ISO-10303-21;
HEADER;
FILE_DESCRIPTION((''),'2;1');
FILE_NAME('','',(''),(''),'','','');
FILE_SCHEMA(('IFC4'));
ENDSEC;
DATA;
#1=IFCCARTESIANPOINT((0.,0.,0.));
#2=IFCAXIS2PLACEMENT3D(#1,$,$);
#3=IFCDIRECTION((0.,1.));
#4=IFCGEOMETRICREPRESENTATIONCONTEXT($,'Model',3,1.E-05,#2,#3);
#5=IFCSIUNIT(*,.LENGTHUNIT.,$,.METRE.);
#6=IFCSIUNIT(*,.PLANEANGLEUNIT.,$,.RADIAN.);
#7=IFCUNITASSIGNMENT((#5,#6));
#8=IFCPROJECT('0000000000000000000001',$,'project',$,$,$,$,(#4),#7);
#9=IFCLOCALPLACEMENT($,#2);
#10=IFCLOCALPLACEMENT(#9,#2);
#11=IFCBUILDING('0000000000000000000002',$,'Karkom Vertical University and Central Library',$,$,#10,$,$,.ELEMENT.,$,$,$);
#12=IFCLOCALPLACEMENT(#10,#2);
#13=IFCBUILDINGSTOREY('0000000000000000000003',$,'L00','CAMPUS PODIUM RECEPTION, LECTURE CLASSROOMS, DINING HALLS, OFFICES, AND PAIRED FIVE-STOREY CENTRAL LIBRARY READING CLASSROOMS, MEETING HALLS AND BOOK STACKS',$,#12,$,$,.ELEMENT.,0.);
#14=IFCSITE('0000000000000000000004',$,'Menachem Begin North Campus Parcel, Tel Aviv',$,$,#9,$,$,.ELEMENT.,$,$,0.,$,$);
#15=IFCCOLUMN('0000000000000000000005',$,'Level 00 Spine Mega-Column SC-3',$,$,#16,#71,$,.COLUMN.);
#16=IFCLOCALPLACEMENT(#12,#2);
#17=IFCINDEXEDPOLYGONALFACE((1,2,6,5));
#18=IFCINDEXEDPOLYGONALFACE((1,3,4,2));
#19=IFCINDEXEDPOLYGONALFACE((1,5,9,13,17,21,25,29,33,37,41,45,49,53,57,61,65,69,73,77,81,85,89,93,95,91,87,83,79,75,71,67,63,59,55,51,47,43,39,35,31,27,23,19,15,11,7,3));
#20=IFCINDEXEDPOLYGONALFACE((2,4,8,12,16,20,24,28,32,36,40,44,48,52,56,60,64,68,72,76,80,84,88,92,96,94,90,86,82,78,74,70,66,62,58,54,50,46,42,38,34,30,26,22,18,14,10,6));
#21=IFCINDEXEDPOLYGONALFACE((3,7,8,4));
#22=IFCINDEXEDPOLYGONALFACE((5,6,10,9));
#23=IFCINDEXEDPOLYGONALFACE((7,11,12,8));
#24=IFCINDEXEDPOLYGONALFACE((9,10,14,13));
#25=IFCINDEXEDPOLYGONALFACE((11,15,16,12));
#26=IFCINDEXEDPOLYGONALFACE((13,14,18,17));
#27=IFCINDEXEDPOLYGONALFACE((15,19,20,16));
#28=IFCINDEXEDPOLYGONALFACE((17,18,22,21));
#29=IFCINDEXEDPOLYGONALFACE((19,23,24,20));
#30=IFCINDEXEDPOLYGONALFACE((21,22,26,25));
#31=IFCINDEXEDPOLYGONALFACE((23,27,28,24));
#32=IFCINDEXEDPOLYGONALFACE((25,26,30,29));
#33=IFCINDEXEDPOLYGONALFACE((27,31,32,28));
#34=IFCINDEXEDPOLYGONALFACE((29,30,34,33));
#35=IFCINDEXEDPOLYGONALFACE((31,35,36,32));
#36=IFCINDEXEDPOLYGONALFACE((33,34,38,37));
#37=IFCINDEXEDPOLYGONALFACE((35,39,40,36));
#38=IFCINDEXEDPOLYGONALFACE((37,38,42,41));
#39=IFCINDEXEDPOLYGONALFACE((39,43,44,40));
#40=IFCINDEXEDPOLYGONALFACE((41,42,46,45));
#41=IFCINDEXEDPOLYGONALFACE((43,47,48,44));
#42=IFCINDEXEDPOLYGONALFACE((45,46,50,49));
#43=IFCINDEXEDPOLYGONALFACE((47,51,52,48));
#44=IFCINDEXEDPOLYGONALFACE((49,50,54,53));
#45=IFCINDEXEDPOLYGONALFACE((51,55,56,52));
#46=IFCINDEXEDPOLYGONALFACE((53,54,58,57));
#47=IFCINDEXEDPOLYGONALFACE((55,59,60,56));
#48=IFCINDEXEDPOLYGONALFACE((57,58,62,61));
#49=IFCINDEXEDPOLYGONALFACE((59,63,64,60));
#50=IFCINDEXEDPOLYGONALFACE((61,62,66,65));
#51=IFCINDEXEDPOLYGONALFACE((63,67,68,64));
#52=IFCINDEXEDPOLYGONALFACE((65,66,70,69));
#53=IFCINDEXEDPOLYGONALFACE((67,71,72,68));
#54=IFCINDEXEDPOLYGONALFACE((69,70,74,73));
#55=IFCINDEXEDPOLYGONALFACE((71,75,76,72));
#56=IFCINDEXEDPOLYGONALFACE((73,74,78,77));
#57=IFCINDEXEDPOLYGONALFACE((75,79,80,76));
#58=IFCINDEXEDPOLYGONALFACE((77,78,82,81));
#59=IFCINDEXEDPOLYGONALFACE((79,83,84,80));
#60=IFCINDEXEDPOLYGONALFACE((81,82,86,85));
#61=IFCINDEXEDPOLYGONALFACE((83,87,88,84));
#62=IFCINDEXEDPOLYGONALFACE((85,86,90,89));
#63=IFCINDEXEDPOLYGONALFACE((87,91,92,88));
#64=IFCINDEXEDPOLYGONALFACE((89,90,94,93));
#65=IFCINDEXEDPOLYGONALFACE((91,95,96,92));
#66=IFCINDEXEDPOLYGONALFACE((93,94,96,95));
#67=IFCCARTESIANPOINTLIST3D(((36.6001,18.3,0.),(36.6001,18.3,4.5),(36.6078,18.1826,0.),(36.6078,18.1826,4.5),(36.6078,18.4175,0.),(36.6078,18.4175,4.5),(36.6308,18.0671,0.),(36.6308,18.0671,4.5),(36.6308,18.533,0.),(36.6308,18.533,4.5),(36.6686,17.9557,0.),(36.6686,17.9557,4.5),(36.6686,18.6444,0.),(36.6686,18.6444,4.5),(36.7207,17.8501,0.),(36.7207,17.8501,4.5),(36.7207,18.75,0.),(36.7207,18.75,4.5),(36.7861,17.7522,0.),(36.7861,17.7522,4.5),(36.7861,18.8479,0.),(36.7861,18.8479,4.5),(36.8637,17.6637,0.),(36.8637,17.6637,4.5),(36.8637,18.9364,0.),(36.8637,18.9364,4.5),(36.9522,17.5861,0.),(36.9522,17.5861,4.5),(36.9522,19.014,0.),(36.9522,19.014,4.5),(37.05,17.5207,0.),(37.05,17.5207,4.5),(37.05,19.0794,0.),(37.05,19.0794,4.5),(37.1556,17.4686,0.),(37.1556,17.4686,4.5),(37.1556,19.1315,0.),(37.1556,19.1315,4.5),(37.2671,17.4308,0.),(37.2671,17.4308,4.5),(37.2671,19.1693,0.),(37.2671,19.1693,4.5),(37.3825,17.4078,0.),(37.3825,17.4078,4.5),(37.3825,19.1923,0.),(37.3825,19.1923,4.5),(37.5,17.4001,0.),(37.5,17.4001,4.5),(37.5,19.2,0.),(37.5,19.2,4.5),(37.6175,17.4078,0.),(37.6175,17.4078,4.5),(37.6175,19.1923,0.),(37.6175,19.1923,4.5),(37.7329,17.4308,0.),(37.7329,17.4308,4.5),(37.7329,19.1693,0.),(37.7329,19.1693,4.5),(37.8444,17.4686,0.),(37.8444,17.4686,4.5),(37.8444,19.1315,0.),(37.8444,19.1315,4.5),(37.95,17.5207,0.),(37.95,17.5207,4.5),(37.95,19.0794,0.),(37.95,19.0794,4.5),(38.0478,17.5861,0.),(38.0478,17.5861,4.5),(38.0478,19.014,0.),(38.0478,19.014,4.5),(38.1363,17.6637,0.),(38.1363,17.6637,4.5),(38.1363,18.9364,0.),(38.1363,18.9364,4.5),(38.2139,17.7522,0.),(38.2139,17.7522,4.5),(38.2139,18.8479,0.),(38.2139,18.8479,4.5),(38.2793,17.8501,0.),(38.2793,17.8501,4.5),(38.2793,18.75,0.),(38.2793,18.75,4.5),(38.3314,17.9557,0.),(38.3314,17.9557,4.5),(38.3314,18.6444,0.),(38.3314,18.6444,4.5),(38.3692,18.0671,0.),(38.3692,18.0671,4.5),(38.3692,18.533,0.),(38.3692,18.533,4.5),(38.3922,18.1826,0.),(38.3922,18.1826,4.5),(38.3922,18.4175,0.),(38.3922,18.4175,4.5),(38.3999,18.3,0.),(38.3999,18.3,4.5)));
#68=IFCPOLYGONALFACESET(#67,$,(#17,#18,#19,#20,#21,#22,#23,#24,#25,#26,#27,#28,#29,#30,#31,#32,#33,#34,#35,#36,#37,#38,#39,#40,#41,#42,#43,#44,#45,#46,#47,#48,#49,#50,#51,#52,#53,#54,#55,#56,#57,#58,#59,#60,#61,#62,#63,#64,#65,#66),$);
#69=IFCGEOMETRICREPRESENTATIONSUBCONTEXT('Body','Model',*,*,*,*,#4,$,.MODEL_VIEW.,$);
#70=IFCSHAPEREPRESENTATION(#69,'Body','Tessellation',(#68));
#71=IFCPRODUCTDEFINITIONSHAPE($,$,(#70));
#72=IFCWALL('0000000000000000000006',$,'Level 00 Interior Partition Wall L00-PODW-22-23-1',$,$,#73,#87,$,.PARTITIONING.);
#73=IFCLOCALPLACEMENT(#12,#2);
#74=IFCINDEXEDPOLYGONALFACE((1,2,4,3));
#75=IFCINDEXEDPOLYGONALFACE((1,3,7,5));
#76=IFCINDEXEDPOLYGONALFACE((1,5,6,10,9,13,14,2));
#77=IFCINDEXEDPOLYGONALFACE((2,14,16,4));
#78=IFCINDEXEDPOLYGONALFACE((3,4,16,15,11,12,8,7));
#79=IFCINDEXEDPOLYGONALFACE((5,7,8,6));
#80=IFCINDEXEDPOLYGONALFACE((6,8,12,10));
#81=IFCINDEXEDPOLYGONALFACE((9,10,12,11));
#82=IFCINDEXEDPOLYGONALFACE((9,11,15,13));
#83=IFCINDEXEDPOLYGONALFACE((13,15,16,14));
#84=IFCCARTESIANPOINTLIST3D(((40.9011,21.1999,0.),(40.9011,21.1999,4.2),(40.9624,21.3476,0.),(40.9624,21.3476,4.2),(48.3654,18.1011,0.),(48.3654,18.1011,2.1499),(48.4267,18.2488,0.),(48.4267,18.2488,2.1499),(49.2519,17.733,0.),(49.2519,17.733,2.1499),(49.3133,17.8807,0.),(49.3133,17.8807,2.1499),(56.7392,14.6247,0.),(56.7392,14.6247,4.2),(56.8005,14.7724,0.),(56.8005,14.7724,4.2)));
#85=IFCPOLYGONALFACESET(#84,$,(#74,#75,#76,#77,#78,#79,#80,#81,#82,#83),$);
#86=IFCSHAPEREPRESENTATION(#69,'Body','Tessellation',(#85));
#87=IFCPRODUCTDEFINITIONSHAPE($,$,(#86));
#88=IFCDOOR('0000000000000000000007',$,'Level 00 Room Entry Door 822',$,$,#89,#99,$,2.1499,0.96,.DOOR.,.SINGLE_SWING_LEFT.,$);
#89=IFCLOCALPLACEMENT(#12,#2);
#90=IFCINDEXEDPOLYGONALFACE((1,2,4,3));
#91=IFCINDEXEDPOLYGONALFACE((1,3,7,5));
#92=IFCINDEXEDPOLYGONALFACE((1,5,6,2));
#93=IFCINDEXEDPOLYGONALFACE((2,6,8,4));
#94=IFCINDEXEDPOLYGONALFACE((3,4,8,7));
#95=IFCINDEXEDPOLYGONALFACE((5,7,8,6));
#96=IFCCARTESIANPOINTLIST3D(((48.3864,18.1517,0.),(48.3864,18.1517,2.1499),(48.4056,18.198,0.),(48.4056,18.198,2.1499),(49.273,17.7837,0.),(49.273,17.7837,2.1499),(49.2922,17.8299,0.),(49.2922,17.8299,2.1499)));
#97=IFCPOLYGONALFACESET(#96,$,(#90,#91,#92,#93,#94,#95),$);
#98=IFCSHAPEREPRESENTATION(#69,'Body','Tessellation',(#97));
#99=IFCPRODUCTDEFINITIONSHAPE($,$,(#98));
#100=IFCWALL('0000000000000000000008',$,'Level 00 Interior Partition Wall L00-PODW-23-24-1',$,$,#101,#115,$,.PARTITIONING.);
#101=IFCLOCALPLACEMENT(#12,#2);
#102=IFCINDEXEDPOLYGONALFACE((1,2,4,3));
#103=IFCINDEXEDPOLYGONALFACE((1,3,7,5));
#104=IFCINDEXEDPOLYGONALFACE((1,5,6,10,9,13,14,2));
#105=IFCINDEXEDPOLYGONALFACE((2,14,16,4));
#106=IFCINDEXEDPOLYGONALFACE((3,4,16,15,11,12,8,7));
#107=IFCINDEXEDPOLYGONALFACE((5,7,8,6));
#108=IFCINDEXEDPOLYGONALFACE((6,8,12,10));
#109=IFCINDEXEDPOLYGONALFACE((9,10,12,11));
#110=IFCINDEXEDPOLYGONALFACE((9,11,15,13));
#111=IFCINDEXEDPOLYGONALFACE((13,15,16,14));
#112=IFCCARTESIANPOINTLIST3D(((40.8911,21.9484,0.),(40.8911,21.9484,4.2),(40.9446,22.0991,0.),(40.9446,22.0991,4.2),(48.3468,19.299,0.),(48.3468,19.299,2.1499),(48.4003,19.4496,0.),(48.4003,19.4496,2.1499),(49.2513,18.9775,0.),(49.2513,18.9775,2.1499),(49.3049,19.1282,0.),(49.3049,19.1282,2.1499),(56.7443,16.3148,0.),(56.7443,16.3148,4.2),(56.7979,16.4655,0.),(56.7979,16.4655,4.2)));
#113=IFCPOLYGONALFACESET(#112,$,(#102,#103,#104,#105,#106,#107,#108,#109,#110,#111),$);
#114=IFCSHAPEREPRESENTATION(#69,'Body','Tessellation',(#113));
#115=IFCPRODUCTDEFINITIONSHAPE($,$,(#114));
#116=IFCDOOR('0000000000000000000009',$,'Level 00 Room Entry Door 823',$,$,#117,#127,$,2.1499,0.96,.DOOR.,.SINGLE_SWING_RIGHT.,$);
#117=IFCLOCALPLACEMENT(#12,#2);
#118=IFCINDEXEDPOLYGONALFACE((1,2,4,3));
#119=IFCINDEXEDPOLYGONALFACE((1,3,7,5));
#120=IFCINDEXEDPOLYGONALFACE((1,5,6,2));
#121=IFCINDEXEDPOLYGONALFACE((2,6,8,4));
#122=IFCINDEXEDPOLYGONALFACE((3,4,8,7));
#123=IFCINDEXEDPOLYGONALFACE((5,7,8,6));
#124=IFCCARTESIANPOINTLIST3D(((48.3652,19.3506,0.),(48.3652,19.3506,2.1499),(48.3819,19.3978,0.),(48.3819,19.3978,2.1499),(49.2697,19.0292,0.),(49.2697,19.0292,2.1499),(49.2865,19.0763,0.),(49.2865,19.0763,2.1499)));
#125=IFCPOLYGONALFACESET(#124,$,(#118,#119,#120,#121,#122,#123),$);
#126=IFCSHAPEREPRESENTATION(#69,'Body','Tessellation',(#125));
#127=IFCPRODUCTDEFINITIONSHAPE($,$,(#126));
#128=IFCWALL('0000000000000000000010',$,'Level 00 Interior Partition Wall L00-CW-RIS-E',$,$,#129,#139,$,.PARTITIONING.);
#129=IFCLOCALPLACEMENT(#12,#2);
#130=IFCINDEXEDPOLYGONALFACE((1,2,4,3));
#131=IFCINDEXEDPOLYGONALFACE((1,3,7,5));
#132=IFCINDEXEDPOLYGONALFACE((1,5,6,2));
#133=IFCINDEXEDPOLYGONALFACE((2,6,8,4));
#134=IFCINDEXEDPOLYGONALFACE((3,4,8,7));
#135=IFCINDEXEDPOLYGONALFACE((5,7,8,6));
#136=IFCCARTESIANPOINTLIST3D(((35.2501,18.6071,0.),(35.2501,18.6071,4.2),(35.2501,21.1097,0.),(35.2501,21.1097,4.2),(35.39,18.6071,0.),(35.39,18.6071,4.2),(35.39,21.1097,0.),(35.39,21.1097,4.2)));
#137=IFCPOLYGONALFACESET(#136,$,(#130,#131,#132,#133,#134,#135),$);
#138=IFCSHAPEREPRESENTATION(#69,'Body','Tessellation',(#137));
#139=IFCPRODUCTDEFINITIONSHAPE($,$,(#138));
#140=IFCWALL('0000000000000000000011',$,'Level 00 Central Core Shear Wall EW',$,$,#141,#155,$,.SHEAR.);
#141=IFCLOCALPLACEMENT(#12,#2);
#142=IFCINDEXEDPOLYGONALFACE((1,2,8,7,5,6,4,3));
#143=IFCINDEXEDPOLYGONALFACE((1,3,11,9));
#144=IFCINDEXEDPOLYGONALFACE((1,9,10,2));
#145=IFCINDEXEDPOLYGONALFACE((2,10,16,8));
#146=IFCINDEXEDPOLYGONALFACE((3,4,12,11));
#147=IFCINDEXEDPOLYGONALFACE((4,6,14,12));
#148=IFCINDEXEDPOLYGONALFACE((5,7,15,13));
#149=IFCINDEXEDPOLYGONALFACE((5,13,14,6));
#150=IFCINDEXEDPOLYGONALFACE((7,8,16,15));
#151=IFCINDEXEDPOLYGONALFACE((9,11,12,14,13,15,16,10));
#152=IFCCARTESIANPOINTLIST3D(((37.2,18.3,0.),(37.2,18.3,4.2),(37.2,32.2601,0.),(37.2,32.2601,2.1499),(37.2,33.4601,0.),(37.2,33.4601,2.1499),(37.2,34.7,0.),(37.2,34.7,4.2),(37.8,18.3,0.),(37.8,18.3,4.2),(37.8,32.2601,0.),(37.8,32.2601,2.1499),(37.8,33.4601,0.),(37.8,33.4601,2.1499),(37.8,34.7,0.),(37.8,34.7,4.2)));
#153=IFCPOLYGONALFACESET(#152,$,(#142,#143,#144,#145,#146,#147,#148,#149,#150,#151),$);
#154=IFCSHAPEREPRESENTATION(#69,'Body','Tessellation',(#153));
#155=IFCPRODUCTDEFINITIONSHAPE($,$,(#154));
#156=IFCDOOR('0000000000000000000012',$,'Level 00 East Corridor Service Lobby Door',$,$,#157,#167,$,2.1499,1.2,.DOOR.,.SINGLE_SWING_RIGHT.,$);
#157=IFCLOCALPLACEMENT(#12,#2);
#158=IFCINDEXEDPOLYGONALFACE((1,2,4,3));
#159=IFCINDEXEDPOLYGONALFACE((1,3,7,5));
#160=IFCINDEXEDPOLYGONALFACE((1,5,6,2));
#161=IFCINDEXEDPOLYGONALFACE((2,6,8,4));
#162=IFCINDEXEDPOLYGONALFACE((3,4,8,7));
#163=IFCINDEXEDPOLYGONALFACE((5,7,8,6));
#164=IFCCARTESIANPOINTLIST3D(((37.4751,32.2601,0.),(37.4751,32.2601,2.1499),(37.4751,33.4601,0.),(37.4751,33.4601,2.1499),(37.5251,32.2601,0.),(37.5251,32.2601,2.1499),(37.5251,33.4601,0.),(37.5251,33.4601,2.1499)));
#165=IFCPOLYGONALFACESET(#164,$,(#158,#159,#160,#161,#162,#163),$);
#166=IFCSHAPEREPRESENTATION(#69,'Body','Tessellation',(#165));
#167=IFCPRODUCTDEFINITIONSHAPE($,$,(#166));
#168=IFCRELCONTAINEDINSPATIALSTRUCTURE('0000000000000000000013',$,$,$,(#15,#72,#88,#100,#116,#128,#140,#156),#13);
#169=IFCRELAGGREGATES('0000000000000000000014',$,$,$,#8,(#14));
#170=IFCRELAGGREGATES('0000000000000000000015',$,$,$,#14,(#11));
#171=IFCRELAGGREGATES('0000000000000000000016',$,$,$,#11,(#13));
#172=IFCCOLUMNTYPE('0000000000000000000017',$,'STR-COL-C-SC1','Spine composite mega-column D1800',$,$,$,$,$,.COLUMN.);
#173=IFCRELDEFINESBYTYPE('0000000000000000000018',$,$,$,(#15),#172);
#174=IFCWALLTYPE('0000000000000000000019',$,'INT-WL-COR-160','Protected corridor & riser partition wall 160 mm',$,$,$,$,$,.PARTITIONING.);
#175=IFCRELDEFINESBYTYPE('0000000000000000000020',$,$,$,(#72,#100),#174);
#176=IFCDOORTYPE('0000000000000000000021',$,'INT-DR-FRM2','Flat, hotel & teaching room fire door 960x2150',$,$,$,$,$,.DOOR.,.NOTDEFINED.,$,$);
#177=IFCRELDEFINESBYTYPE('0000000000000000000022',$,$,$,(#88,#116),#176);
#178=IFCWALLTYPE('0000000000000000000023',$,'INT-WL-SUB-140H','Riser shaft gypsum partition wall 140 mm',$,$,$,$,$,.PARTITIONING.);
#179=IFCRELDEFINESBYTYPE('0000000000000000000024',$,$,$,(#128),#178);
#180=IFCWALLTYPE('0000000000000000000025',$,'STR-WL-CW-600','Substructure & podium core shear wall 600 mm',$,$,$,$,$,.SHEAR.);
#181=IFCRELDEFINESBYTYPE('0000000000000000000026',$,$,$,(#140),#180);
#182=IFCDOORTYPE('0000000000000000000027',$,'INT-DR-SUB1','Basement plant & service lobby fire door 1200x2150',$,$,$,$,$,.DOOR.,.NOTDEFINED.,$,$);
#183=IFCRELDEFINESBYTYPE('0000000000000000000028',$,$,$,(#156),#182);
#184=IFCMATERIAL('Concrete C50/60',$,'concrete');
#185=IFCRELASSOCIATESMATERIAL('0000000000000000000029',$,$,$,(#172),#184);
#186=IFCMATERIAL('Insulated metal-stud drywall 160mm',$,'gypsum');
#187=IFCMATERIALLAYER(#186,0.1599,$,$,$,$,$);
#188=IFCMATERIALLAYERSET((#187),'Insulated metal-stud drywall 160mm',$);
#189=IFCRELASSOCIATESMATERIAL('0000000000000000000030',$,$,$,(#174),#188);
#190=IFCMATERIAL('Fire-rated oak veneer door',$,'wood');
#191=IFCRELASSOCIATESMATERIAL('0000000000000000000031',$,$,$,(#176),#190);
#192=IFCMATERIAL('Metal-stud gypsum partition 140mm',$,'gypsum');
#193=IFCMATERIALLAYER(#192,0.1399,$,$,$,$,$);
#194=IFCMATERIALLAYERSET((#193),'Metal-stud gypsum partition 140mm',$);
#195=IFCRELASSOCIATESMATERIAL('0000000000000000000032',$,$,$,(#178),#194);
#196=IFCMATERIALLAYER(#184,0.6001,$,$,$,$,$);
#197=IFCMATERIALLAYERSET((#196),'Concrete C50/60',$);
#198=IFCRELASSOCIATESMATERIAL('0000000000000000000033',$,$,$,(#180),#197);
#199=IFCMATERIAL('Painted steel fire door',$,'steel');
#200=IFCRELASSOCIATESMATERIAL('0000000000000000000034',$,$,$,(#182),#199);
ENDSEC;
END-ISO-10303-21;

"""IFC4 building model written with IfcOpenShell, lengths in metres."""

from ifc_helpers import new_model, si_unit, direction, frame, frame_2d, origin, origin_with_axes, origin_2d, place, context, subcontext, project, spatial, rectangle, circle, extrude, source, transform, mapped, material, layer, layer_set, material_profile, profile_set, type_object, element, fill, save


model = new_model("IFC4")

# Units and contexts
model_context = context("Model", 3, precision=1e-05, world=origin(), true_north=direction((0.0, 1.0)))
body_context = subcontext(model_context, "Body", "Model", "MODEL_VIEW")
ifc_project = project(units=[si_unit("LENGTHUNIT", "METRE"), si_unit("PLANEANGLEUNIT", "RADIAN")], contexts=[model_context])

# Site, building, storey
site_placement = place(None, origin())
site = spatial("IfcSite", under=ifc_project, at=site_placement, Name="Menachem Begin North Campus Parcel, Tel Aviv", CompositionType="ELEMENT", RefElevation=0.0)
building_placement = place(site_placement, origin())
building = spatial("IfcBuilding", under=site, at=building_placement, Name="Karkom Vertical University and Central Library", CompositionType="ELEMENT")
storey_placement = place(building_placement, origin())
storey = spatial("IfcBuildingStorey", under=building, at=storey_placement, Name="L00", Description="CAMPUS PODIUM RECEPTION, LECTURE CLASSROOMS, DINING HALLS, OFFICES, AND PAIRED FIVE-STOREY CENTRAL LIBRARY READING CLASSROOMS, MEETING HALLS AND BOOK STACKS", CompositionType="ELEMENT", Elevation=0.0)

# Column
ifc_material_1 = material(Name="Concrete C50/60", Category="concrete")
ifc_material_profile = material_profile(ifc_material_1, circle(Radius=0.8999, at=origin_2d()), Name="CFT-D1800")
ifc_profile_set = profile_set([ifc_material_profile], Name="Concrete C50/60")
column_type = type_object("IfcColumnType", Name="STR-COL-C-SC1", Description="Spine composite mega-column D1800", PredefinedType="COLUMN", material=ifc_profile_set)
shared_shape_1 = source(origin_with_axes(), body_context, "Body", "SweptSolid", [
    extrude(circle(Radius=0.8999, at=origin_2d()), origin(), (0.0, 0.0, 1.0), 4.5),
])
column_placement = place(storey_placement, frame((37.5, 18.3, 0.0), z_axis=(0.0, 0.0, 1.0), x_axis=(1.0, 0.0, 0.0)))
element("IfcColumn", 1, at=column_placement, inside=storey, type_object=column_type, Name="Level 00 Spine Mega-Column SC-3", PredefinedType="COLUMN", context=body_context, shape_type="MappedRepresentation", body=[
    mapped(shared_shape_1, transform((0.0, 0.0, 0.0), scale=1.0)),
])

# Walls, openings, doors
ifc_material_2 = material(Name="Insulated metal-stud drywall 160mm", Category="gypsum")
ifc_layer_1 = layer(ifc_material_2, 0.1599)
ifc_layer_set_1 = layer_set([ifc_layer_1], Name="Insulated metal-stud drywall 160mm")
wall_type_1 = type_object("IfcWallType", Name="INT-WL-COR-160", Description="Protected corridor & riser partition wall 160 mm", PredefinedType="PARTITIONING", material=ifc_layer_set_1)
wall_1_placement = place(storey_placement, frame((40.9319, 21.2737, 0.0), z_axis=(0.0, 0.0, 1.0), x_axis=(0.923574, -0.383421, 0.0)))
wall_1 = element("IfcWall", 2, at=wall_1_placement, inside=storey, type_object=wall_type_1, Name="Level 00 Interior Partition Wall L00-PODW-22-23-1", PredefinedType="PARTITIONING", context=body_context, shape_type="SweptSolid", body=[
    extrude(rectangle(XDim=17.1487, YDim=0.1599, at=frame_2d((8.5742, 0.0))), origin(), (0.0, 0.0, 1.0), 4.2),
])
opening_1_placement = place(wall_1_placement, frame((8.0818, 0.0, 0.0)))
opening_1 = element("IfcOpeningElement", 3, at=opening_1_placement, cuts=wall_1, PredefinedType="OPENING", context=body_context, shape_type="SweptSolid", body=[
    extrude(rectangle(XDim=0.96, YDim=2.1499, at=frame_2d((0.48, 1.075))), frame((0.0, 0.0898, 0.0), z_axis=(0.0, -1.0, 0.0), x_axis=(1.0, 0.0, 0.0)), (0.0, 0.0, 1.0), 0.1799),
])
ifc_material_3 = material(Name="Fire-rated oak veneer door", Category="wood")
door_type_1 = type_object("IfcDoorType", Name="INT-DR-FRM2", Description="Flat, hotel & teaching room fire door 960x2150", OperationType="NOTDEFINED", PredefinedType="DOOR", material=ifc_material_3)
shared_shape_2 = source(origin_with_axes(), body_context, "Body", "SweptSolid", [
    extrude(rectangle(XDim=0.96, YDim=2.1499, at=frame_2d((0.48, 1.075))), frame((0.0, 0.0249, 0.0), z_axis=(0.0, -1.0, 0.0), x_axis=(1.0, 0.0, 0.0)), (0.0, 0.0, 1.0), 0.05),
])
door_1_placement = place(opening_1_placement, origin())
door_1 = element("IfcDoor", 4, at=door_1_placement, inside=storey, type_object=door_type_1, Name="Level 00 Room Entry Door 822", OperationType="SINGLE_SWING_LEFT", OverallHeight=2.1499, OverallWidth=0.96, PredefinedType="DOOR", context=body_context, shape_type="MappedRepresentation", body=[
    mapped(shared_shape_2, transform((0.0, 0.0, 0.0), scale=1.0)),
])
fill(opening_1, door_1)
wall_2_placement = place(storey_placement, frame((40.918, 22.0237, 0.0), z_axis=(0.0, 0.0, 1.0), x_axis=(0.942274, -0.334842, 0.0)))
wall_2 = element("IfcWall", 5, at=wall_2_placement, inside=storey, type_object=wall_type_1, Name="Level 00 Interior Partition Wall L00-PODW-23-24-1", PredefinedType="PARTITIONING", context=body_context, shape_type="SweptSolid", body=[
    extrude(rectangle(XDim=16.8245, YDim=0.1599, at=frame_2d((8.4121, 0.0))), origin(), (0.0, 0.0, 1.0), 4.2),
])
opening_2_placement = place(wall_2_placement, frame((7.9124, 0.0, 0.0)))
opening_2 = element("IfcOpeningElement", 6, at=opening_2_placement, cuts=wall_2, PredefinedType="OPENING", context=body_context, shape_type="SweptSolid", body=[
    extrude(rectangle(XDim=0.96, YDim=2.1499, at=frame_2d((0.48, 1.075))), frame((0.0, 0.0898, 0.0), z_axis=(0.0, -1.0, 0.0), x_axis=(1.0, 0.0, 0.0)), (0.0, 0.0, 1.0), 0.1799),
])
door_2_placement = place(opening_2_placement, origin())
door_2 = element("IfcDoor", 7, at=door_2_placement, inside=storey, type_object=door_type_1, Name="Level 00 Room Entry Door 823", OperationType="SINGLE_SWING_RIGHT", OverallHeight=2.1499, OverallWidth=0.96, PredefinedType="DOOR", context=body_context, shape_type="MappedRepresentation", body=[
    mapped(shared_shape_2, transform((0.0, 0.0, 0.0), scale=1.0)),
])
fill(opening_2, door_2)

# Wall
ifc_material_4 = material(Name="Metal-stud gypsum partition 140mm", Category="gypsum")
ifc_layer_2 = layer(ifc_material_4, 0.1399)
ifc_layer_set_2 = layer_set([ifc_layer_2], Name="Metal-stud gypsum partition 140mm")
wall_type_2 = type_object("IfcWallType", Name="INT-WL-SUB-140H", Description="Riser shaft gypsum partition wall 140 mm", PredefinedType="PARTITIONING", material=ifc_layer_set_2)
wall_3_placement = place(storey_placement, frame((35.3201, 18.6069, 0.0), z_axis=(0.0, 0.0, 1.0), x_axis=(0.0, 1.0, 0.0)))
element("IfcWall", 8, at=wall_3_placement, inside=storey, type_object=wall_type_2, Name="Level 00 Interior Partition Wall L00-CW-RIS-E", PredefinedType="PARTITIONING", context=body_context, shape_type="SweptSolid", body=[
    extrude(rectangle(XDim=2.5027, YDim=0.1399, at=frame_2d((1.2515, 0.0))), origin(), (0.0, 0.0, 1.0), 4.2),
])

# Wall, opening, door
ifc_layer_3 = layer(ifc_material_1, 0.6001)
ifc_layer_set_3 = layer_set([ifc_layer_3], Name="Concrete C50/60")
wall_type_3 = type_object("IfcWallType", Name="STR-WL-CW-600", Description="Substructure & podium core shear wall 600 mm", PredefinedType="SHEAR", material=ifc_layer_set_3)
wall_4_placement = place(storey_placement, frame((37.5, 18.3, 0.0), z_axis=(0.0, 0.0, 1.0), x_axis=(0.0, 1.0, 0.0)))
wall_4 = element("IfcWall", 9, at=wall_4_placement, inside=storey, type_object=wall_type_3, Name="Level 00 Central Core Shear Wall EW", PredefinedType="SHEAR", context=body_context, shape_type="SweptSolid", body=[
    extrude(rectangle(XDim=16.3999, YDim=0.6001, at=frame_2d((8.2, 0.0))), origin(), (0.0, 0.0, 1.0), 4.2),
])
opening_3_placement = place(wall_4_placement, frame((13.96, 0.0, 0.0)))
opening_3 = element("IfcOpeningElement", 10, at=opening_3_placement, cuts=wall_4, PredefinedType="OPENING", context=body_context, shape_type="SweptSolid", body=[
    extrude(rectangle(XDim=1.2, YDim=2.1499, at=frame_2d((0.6001, 1.075))), frame((0.0, 0.3101, 0.0), z_axis=(0.0, -1.0, 0.0), x_axis=(1.0, 0.0, 0.0)), (0.0, 0.0, 1.0), 0.6201),
])
ifc_material_5 = material(Name="Painted steel fire door", Category="steel")
door_type_2 = type_object("IfcDoorType", Name="INT-DR-SUB1", Description="Basement plant & service lobby fire door 1200x2150", OperationType="NOTDEFINED", PredefinedType="DOOR", material=ifc_material_5)
shared_shape_3 = source(origin_with_axes(), body_context, "Body", "SweptSolid", [
    extrude(rectangle(XDim=1.2, YDim=2.1499, at=frame_2d((0.6001, 1.075))), frame((0.0, 0.0249, 0.0), z_axis=(0.0, -1.0, 0.0), x_axis=(1.0, 0.0, 0.0)), (0.0, 0.0, 1.0), 0.05),
])
door_3_placement = place(opening_3_placement, origin())
door_3 = element("IfcDoor", 11, at=door_3_placement, inside=storey, type_object=door_type_2, Name="Level 00 East Corridor Service Lobby Door", OperationType="SINGLE_SWING_RIGHT", OverallHeight=2.1499, OverallWidth=1.2, PredefinedType="DOOR", context=body_context, shape_type="MappedRepresentation", body=[
    mapped(shared_shape_3, transform((0.0, 0.0, 0.0), scale=1.0)),
])
fill(opening_3, door_3)

save(model, "model.ifc")
